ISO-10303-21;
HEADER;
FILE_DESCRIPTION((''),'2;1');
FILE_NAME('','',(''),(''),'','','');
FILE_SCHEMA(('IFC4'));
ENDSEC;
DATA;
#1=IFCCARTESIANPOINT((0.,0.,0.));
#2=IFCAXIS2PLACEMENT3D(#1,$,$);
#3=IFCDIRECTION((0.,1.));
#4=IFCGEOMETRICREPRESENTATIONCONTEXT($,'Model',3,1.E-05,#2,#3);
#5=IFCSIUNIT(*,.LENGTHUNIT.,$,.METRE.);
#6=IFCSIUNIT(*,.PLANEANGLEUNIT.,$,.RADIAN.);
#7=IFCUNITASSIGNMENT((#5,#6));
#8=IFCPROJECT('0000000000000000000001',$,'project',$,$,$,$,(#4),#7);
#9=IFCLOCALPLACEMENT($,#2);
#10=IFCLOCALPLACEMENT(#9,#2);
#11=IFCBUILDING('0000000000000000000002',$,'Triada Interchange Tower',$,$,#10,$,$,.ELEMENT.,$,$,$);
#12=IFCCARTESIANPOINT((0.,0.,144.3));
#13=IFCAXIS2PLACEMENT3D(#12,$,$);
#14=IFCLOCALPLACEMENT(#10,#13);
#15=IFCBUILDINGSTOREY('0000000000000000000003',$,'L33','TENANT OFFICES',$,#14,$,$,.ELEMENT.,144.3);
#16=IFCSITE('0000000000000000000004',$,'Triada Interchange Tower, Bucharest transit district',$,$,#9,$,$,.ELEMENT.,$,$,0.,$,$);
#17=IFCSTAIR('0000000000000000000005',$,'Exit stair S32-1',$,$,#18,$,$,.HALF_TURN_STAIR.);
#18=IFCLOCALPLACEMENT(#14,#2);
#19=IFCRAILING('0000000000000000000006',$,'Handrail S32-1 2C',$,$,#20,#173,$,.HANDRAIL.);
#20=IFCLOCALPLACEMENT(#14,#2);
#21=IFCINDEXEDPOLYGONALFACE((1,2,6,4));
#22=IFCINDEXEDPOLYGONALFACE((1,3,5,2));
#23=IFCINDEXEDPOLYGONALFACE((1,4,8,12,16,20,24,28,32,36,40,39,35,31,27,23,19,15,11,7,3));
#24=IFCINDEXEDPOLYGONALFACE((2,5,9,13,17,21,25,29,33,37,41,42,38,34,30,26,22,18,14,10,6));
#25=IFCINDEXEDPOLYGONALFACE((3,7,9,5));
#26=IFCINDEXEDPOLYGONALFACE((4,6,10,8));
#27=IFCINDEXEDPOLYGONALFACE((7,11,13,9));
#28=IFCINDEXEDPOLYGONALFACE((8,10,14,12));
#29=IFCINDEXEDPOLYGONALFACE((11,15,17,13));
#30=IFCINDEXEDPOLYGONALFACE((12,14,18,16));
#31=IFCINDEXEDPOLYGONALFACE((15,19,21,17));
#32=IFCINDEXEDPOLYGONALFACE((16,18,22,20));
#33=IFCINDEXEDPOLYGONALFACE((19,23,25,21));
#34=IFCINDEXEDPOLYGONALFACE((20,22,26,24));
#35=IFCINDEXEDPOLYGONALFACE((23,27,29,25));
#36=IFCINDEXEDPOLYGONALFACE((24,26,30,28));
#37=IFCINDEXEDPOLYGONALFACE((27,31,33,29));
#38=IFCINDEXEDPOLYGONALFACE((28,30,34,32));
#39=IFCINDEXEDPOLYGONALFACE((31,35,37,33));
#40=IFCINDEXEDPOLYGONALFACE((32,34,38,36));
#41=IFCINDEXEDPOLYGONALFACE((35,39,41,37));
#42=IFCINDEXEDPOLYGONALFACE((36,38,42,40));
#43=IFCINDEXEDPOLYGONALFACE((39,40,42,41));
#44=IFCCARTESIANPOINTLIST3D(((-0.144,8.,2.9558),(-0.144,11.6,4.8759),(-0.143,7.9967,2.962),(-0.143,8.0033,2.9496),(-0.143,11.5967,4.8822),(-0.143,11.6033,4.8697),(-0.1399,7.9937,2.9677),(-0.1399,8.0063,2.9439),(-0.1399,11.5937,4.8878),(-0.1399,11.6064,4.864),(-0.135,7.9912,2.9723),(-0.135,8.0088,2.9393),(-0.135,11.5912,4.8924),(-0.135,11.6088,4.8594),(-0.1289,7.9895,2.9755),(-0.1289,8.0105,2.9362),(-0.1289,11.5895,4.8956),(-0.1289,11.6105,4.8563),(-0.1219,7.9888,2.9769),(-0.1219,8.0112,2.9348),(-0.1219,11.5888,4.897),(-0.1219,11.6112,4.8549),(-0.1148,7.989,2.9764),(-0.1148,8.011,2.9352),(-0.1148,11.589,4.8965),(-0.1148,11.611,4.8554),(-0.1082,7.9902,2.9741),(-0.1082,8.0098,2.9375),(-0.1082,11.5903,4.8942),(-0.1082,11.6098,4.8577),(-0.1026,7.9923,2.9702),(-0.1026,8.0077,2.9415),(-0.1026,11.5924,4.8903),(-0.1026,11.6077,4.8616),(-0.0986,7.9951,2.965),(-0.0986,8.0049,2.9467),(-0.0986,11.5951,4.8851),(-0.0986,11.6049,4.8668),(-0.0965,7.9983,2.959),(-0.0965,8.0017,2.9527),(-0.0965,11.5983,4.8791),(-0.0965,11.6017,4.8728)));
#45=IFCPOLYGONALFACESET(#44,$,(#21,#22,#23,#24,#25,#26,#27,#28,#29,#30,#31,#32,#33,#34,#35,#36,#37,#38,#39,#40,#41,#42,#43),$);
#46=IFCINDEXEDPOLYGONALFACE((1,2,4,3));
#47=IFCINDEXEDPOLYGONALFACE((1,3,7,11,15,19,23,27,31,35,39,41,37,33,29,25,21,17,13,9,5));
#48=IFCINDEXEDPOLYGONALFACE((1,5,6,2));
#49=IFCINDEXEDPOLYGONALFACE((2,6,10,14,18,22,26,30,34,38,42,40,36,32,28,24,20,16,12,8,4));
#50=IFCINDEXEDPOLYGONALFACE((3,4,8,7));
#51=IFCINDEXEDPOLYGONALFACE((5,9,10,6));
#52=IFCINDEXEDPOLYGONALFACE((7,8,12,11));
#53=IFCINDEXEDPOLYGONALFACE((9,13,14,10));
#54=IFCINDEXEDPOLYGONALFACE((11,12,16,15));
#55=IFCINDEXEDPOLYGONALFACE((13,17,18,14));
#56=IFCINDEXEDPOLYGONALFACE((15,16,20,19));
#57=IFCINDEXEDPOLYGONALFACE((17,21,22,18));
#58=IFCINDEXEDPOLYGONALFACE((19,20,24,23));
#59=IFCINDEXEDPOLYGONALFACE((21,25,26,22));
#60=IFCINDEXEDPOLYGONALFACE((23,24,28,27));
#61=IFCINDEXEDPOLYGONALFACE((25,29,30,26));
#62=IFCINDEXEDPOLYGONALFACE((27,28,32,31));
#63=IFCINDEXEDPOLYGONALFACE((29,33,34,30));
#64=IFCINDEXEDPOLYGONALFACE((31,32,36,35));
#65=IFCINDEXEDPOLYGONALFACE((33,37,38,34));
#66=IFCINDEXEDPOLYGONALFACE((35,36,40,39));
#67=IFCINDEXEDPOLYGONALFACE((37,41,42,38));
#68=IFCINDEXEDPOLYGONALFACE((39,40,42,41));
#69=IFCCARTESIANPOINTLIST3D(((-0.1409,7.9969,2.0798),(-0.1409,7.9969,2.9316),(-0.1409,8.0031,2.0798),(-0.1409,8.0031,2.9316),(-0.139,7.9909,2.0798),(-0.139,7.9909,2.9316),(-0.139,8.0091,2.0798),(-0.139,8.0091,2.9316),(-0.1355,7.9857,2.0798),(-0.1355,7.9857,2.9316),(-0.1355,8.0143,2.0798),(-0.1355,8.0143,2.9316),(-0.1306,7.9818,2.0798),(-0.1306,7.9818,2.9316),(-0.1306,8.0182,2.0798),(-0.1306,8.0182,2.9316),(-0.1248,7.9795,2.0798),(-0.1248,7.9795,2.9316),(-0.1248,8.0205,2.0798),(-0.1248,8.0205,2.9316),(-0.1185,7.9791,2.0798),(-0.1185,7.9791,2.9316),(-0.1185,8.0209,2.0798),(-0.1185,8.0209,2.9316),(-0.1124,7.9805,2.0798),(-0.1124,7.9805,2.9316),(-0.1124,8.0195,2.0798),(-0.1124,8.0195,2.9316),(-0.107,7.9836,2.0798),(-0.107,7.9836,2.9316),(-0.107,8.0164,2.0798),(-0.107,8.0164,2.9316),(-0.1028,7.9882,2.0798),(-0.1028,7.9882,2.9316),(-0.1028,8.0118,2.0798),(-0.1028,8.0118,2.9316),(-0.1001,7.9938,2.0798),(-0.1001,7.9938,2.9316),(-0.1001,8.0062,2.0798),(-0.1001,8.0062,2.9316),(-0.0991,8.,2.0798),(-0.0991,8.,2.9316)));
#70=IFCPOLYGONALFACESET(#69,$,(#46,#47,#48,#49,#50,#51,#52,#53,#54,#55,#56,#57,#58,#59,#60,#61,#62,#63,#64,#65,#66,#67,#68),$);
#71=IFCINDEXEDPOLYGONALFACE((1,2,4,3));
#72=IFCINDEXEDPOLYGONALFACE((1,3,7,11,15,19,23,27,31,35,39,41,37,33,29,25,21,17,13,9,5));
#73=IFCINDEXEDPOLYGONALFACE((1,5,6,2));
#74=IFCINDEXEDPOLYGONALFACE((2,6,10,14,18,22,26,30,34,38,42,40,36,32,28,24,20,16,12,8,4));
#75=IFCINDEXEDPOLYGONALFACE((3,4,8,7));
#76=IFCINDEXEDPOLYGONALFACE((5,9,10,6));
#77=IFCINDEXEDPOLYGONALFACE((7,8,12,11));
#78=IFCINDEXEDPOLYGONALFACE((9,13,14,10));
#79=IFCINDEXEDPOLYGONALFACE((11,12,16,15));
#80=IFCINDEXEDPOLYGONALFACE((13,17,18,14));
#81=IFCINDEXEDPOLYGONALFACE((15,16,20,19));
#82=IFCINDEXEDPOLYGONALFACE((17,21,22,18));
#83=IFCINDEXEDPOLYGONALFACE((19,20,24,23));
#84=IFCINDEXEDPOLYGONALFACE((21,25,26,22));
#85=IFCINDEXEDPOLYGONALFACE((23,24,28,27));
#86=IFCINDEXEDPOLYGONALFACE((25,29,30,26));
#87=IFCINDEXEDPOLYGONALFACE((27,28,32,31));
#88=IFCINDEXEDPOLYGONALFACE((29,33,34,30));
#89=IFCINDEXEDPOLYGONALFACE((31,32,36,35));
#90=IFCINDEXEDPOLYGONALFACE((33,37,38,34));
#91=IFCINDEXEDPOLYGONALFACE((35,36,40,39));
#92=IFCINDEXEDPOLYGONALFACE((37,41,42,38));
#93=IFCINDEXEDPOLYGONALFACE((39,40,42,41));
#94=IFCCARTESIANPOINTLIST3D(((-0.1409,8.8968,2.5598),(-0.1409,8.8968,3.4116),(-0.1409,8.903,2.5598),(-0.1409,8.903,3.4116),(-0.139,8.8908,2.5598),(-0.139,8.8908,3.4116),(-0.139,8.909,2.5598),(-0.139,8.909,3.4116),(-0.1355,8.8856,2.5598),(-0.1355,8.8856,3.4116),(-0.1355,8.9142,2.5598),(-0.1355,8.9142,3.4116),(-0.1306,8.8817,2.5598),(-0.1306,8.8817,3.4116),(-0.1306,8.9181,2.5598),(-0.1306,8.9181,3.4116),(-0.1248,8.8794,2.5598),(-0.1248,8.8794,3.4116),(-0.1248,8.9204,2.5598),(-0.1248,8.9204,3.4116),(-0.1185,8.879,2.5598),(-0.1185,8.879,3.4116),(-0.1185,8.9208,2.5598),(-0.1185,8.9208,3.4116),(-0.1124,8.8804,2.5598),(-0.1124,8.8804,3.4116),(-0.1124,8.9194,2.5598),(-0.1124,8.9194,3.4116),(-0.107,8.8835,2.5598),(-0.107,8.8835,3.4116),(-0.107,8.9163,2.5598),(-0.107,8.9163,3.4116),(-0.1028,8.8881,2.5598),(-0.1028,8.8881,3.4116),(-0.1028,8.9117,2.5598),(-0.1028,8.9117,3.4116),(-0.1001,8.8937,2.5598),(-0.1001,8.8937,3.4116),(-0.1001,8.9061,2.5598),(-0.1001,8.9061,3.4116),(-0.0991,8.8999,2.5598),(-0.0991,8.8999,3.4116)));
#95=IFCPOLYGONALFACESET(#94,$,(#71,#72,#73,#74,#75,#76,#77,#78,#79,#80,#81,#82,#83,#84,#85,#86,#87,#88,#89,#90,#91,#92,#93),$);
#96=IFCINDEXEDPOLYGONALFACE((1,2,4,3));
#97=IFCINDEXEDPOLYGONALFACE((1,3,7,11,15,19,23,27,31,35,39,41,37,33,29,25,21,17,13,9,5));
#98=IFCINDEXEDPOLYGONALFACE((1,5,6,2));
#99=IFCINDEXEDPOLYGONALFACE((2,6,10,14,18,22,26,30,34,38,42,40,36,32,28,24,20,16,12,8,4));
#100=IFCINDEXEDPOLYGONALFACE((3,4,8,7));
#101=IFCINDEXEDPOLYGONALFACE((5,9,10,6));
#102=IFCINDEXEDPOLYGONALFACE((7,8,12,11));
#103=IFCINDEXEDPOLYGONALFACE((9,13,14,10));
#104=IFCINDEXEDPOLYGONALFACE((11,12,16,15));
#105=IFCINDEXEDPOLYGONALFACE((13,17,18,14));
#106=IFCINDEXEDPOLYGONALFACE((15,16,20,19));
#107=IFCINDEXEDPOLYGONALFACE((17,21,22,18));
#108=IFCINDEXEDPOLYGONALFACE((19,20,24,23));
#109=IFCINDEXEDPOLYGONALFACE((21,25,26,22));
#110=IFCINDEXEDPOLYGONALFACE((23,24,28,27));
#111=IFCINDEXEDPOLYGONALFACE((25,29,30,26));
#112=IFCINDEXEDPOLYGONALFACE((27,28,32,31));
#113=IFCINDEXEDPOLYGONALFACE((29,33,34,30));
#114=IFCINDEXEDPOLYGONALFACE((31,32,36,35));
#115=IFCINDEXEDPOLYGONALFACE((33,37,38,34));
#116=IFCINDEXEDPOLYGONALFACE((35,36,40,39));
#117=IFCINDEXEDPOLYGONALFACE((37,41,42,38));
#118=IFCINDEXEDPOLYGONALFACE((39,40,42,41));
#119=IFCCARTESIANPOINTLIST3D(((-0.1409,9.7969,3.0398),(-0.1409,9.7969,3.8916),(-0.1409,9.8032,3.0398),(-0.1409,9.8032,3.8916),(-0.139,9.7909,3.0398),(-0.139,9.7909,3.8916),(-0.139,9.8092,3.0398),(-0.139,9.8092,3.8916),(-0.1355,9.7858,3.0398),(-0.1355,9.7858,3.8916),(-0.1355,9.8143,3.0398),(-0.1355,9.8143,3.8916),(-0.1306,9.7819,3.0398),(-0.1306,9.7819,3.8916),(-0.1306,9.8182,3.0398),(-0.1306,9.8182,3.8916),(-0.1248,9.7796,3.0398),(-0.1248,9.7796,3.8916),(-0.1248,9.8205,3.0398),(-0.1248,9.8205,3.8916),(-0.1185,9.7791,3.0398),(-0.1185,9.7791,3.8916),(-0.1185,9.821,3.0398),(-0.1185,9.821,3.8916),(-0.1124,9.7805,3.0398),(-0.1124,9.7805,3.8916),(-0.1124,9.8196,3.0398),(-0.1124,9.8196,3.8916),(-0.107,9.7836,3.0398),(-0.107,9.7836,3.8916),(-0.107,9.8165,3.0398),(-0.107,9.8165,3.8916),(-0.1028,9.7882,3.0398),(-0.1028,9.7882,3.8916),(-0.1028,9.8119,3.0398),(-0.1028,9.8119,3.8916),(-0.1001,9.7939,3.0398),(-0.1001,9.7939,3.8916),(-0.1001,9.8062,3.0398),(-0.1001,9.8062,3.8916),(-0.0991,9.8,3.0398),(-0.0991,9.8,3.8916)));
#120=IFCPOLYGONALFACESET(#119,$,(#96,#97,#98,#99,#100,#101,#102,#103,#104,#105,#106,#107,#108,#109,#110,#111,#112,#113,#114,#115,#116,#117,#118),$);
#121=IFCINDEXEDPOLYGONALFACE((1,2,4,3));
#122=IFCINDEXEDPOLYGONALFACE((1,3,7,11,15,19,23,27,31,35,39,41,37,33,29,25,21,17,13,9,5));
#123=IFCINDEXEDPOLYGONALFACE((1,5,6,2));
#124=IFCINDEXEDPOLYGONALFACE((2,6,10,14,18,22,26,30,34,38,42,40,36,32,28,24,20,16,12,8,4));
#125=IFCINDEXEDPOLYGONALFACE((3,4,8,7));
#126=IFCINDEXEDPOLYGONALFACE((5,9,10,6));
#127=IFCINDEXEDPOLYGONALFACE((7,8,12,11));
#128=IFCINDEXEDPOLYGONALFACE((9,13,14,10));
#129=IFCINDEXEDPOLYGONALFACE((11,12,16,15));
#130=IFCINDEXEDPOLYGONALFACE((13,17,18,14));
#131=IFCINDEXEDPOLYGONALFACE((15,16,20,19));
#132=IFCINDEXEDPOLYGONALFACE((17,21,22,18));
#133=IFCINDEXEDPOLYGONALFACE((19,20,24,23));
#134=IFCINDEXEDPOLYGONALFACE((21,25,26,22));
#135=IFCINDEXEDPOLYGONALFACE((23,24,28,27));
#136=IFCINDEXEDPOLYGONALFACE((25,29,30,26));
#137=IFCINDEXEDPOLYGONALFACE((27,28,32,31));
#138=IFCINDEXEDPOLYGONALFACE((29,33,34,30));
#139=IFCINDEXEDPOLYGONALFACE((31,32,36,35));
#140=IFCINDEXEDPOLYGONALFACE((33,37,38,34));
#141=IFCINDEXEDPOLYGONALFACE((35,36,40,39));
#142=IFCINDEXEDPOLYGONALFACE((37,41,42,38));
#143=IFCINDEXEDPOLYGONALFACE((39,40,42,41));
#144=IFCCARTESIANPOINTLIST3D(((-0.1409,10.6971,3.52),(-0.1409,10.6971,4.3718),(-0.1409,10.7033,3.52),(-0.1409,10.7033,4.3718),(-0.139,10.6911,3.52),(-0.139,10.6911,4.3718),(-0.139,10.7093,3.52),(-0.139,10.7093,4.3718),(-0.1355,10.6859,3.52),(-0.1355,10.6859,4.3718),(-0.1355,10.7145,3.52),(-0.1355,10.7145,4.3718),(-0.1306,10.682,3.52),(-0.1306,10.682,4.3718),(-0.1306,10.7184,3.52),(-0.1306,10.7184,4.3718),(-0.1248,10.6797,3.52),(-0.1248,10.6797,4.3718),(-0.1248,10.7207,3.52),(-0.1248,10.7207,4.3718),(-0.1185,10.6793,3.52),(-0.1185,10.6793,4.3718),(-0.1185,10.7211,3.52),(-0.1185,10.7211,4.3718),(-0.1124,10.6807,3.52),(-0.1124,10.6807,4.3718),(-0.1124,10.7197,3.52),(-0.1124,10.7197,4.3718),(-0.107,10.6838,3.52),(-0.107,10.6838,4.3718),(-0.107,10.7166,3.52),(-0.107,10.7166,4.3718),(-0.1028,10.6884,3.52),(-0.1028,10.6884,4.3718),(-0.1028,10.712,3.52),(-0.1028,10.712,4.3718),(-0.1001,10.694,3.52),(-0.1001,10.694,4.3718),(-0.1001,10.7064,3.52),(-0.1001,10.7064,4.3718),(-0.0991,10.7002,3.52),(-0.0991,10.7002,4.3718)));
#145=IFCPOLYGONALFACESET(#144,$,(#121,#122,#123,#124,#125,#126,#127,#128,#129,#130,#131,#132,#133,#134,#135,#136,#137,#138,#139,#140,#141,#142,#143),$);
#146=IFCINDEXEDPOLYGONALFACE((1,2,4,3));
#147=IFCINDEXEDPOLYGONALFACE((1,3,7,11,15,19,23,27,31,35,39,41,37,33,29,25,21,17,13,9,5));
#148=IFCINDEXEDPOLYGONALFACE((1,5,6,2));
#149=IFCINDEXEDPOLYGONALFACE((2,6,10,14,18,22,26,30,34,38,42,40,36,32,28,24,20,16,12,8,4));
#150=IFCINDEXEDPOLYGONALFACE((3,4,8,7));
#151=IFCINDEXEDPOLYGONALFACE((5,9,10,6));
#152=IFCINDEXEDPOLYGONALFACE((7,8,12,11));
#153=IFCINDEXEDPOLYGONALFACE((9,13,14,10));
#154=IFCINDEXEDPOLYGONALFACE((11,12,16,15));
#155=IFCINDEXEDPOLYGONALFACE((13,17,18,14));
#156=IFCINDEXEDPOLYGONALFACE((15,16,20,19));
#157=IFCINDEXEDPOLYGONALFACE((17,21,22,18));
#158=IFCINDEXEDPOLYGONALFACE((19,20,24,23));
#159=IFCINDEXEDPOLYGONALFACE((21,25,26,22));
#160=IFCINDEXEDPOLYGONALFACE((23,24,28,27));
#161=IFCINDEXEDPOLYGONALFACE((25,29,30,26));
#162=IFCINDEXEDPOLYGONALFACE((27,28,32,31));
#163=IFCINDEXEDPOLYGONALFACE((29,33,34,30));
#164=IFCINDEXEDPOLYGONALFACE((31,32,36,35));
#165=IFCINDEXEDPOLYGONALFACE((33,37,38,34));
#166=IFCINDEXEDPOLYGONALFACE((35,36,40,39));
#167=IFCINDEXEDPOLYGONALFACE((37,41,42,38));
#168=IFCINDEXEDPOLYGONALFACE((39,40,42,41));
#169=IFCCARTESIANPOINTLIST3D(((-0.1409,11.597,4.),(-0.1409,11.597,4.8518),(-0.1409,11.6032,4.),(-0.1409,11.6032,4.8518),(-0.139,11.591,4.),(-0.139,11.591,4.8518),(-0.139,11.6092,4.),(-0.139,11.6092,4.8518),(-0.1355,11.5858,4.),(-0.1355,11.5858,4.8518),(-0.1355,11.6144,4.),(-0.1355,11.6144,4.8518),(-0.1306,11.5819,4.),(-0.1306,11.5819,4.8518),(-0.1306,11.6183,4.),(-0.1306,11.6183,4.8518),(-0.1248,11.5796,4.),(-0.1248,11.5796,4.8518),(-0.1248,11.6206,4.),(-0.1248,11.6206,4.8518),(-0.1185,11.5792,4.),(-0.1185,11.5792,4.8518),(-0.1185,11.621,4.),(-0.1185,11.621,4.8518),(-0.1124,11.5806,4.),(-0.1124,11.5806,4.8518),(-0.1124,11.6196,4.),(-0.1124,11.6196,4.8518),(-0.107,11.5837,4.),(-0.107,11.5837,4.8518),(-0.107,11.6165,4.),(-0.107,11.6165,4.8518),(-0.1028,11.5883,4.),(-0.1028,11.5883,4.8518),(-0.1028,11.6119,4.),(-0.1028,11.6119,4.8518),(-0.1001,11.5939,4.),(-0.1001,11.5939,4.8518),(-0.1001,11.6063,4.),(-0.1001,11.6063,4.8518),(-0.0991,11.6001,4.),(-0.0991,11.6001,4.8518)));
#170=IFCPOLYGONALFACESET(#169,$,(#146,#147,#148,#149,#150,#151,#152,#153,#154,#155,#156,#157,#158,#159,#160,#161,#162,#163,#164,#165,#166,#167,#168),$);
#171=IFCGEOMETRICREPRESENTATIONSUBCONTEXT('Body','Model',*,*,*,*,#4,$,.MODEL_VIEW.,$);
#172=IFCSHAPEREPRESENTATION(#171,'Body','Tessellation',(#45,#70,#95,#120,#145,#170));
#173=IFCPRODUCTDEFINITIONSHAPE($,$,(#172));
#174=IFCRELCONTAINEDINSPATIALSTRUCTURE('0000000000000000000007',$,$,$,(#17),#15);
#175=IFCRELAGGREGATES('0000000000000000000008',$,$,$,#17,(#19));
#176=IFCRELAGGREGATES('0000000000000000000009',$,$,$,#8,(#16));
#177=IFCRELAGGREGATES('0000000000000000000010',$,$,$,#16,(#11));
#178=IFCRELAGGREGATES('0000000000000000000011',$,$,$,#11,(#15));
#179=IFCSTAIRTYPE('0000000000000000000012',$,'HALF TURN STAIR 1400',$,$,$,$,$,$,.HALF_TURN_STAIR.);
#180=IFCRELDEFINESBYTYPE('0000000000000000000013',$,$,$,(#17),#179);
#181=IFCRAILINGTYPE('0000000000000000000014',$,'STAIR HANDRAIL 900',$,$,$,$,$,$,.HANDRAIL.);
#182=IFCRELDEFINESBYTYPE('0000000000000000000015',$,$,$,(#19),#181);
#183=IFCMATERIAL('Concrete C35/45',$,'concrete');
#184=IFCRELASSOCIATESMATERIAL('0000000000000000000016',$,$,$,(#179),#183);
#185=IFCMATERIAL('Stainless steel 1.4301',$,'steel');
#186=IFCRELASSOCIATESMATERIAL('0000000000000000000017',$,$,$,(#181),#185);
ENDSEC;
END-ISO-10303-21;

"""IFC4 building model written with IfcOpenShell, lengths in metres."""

from ifc_helpers import new_model, si_unit, direction, frame, origin, origin_2d, place, context, subcontext, project, spatial, circle, extrude, material, type_object, element, aggregate, save


model = new_model("IFC4")

# Units and contexts
model_context = context("Model", 3, precision=1e-05, world=origin(), true_north=direction((0.0, 1.0)))
body_context = subcontext(model_context, "Body", "Model", "MODEL_VIEW")
ifc_project = project(units=[si_unit("LENGTHUNIT", "METRE"), si_unit("PLANEANGLEUNIT", "RADIAN")], contexts=[model_context])

# Site, building, storey
site_placement = place(None, origin())
site = spatial("IfcSite", under=ifc_project, at=site_placement, Name="Triada Interchange Tower, Bucharest transit district", CompositionType="ELEMENT", RefElevation=0.0)
building_placement = place(site_placement, origin())
building = spatial("IfcBuilding", under=site, at=building_placement, Name="Triada Interchange Tower", CompositionType="ELEMENT")
storey_placement = place(building_placement, frame((0.0, 0.0, 144.3)))
storey = spatial("IfcBuildingStorey", under=building, at=storey_placement, Name="L33", Description="TENANT OFFICES", CompositionType="ELEMENT", Elevation=144.3)

# Stair, railing
ifc_material_1 = material(Name="Concrete C35/45", Category="concrete")
stair_type = type_object("IfcStairType", Name="HALF TURN STAIR 1400", PredefinedType="HALF_TURN_STAIR", material=ifc_material_1)
stair_placement = place(storey_placement, origin())
stair = element("IfcStair", 1, at=stair_placement, inside=storey, type_object=stair_type, Name="Exit stair S32-1", PredefinedType="HALF_TURN_STAIR")
ifc_material_2 = material(Name="Stainless steel 1.4301", Category="steel")
railing_type = type_object("IfcRailingType", Name="STAIR HANDRAIL 900", PredefinedType="HANDRAIL", material=ifc_material_2)
railing_1_placement = place(storey_placement, frame((-0.1201, 8.0, 2.0798)))
railing_1 = element("IfcRailing", 2, at=railing_1_placement, type_object=railing_type, Name="Handrail S32-1 2C", PredefinedType="HANDRAIL", context=body_context, shape_type="SweptSolid", body=[
    extrude(circle(Radius=0.0239, at=origin_2d()), frame((0.0, 0.0, 0.876), z_axis=(0.0, 0.882341, 0.47061), x_axis=(-1.0, 0.0, 0.0)), (0.0, 0.0, 1.0), 4.0801),
    extrude(circle(Radius=0.021, at=origin_2d()), origin(), (0.0, 0.0, 1.0), 0.8518),
    extrude(circle(Radius=0.021, at=origin_2d()), frame((0.0, 0.8999, 0.48)), (0.0, 0.0, 1.0), 0.8518),
    extrude(circle(Radius=0.021, at=origin_2d()), frame((0.0, 1.8, 0.96)), (0.0, 0.0, 1.0), 0.8518),
    extrude(circle(Radius=0.021, at=origin_2d()), frame((0.0, 2.7002, 1.4402)), (0.0, 0.0, 1.0), 0.8518),
    extrude(circle(Radius=0.021, at=origin_2d()), frame((0.0, 3.6001, 1.9202)), (0.0, 0.0, 1.0), 0.8518),
])
aggregate(stair, [railing_1])

save(model, "model.ifc")
